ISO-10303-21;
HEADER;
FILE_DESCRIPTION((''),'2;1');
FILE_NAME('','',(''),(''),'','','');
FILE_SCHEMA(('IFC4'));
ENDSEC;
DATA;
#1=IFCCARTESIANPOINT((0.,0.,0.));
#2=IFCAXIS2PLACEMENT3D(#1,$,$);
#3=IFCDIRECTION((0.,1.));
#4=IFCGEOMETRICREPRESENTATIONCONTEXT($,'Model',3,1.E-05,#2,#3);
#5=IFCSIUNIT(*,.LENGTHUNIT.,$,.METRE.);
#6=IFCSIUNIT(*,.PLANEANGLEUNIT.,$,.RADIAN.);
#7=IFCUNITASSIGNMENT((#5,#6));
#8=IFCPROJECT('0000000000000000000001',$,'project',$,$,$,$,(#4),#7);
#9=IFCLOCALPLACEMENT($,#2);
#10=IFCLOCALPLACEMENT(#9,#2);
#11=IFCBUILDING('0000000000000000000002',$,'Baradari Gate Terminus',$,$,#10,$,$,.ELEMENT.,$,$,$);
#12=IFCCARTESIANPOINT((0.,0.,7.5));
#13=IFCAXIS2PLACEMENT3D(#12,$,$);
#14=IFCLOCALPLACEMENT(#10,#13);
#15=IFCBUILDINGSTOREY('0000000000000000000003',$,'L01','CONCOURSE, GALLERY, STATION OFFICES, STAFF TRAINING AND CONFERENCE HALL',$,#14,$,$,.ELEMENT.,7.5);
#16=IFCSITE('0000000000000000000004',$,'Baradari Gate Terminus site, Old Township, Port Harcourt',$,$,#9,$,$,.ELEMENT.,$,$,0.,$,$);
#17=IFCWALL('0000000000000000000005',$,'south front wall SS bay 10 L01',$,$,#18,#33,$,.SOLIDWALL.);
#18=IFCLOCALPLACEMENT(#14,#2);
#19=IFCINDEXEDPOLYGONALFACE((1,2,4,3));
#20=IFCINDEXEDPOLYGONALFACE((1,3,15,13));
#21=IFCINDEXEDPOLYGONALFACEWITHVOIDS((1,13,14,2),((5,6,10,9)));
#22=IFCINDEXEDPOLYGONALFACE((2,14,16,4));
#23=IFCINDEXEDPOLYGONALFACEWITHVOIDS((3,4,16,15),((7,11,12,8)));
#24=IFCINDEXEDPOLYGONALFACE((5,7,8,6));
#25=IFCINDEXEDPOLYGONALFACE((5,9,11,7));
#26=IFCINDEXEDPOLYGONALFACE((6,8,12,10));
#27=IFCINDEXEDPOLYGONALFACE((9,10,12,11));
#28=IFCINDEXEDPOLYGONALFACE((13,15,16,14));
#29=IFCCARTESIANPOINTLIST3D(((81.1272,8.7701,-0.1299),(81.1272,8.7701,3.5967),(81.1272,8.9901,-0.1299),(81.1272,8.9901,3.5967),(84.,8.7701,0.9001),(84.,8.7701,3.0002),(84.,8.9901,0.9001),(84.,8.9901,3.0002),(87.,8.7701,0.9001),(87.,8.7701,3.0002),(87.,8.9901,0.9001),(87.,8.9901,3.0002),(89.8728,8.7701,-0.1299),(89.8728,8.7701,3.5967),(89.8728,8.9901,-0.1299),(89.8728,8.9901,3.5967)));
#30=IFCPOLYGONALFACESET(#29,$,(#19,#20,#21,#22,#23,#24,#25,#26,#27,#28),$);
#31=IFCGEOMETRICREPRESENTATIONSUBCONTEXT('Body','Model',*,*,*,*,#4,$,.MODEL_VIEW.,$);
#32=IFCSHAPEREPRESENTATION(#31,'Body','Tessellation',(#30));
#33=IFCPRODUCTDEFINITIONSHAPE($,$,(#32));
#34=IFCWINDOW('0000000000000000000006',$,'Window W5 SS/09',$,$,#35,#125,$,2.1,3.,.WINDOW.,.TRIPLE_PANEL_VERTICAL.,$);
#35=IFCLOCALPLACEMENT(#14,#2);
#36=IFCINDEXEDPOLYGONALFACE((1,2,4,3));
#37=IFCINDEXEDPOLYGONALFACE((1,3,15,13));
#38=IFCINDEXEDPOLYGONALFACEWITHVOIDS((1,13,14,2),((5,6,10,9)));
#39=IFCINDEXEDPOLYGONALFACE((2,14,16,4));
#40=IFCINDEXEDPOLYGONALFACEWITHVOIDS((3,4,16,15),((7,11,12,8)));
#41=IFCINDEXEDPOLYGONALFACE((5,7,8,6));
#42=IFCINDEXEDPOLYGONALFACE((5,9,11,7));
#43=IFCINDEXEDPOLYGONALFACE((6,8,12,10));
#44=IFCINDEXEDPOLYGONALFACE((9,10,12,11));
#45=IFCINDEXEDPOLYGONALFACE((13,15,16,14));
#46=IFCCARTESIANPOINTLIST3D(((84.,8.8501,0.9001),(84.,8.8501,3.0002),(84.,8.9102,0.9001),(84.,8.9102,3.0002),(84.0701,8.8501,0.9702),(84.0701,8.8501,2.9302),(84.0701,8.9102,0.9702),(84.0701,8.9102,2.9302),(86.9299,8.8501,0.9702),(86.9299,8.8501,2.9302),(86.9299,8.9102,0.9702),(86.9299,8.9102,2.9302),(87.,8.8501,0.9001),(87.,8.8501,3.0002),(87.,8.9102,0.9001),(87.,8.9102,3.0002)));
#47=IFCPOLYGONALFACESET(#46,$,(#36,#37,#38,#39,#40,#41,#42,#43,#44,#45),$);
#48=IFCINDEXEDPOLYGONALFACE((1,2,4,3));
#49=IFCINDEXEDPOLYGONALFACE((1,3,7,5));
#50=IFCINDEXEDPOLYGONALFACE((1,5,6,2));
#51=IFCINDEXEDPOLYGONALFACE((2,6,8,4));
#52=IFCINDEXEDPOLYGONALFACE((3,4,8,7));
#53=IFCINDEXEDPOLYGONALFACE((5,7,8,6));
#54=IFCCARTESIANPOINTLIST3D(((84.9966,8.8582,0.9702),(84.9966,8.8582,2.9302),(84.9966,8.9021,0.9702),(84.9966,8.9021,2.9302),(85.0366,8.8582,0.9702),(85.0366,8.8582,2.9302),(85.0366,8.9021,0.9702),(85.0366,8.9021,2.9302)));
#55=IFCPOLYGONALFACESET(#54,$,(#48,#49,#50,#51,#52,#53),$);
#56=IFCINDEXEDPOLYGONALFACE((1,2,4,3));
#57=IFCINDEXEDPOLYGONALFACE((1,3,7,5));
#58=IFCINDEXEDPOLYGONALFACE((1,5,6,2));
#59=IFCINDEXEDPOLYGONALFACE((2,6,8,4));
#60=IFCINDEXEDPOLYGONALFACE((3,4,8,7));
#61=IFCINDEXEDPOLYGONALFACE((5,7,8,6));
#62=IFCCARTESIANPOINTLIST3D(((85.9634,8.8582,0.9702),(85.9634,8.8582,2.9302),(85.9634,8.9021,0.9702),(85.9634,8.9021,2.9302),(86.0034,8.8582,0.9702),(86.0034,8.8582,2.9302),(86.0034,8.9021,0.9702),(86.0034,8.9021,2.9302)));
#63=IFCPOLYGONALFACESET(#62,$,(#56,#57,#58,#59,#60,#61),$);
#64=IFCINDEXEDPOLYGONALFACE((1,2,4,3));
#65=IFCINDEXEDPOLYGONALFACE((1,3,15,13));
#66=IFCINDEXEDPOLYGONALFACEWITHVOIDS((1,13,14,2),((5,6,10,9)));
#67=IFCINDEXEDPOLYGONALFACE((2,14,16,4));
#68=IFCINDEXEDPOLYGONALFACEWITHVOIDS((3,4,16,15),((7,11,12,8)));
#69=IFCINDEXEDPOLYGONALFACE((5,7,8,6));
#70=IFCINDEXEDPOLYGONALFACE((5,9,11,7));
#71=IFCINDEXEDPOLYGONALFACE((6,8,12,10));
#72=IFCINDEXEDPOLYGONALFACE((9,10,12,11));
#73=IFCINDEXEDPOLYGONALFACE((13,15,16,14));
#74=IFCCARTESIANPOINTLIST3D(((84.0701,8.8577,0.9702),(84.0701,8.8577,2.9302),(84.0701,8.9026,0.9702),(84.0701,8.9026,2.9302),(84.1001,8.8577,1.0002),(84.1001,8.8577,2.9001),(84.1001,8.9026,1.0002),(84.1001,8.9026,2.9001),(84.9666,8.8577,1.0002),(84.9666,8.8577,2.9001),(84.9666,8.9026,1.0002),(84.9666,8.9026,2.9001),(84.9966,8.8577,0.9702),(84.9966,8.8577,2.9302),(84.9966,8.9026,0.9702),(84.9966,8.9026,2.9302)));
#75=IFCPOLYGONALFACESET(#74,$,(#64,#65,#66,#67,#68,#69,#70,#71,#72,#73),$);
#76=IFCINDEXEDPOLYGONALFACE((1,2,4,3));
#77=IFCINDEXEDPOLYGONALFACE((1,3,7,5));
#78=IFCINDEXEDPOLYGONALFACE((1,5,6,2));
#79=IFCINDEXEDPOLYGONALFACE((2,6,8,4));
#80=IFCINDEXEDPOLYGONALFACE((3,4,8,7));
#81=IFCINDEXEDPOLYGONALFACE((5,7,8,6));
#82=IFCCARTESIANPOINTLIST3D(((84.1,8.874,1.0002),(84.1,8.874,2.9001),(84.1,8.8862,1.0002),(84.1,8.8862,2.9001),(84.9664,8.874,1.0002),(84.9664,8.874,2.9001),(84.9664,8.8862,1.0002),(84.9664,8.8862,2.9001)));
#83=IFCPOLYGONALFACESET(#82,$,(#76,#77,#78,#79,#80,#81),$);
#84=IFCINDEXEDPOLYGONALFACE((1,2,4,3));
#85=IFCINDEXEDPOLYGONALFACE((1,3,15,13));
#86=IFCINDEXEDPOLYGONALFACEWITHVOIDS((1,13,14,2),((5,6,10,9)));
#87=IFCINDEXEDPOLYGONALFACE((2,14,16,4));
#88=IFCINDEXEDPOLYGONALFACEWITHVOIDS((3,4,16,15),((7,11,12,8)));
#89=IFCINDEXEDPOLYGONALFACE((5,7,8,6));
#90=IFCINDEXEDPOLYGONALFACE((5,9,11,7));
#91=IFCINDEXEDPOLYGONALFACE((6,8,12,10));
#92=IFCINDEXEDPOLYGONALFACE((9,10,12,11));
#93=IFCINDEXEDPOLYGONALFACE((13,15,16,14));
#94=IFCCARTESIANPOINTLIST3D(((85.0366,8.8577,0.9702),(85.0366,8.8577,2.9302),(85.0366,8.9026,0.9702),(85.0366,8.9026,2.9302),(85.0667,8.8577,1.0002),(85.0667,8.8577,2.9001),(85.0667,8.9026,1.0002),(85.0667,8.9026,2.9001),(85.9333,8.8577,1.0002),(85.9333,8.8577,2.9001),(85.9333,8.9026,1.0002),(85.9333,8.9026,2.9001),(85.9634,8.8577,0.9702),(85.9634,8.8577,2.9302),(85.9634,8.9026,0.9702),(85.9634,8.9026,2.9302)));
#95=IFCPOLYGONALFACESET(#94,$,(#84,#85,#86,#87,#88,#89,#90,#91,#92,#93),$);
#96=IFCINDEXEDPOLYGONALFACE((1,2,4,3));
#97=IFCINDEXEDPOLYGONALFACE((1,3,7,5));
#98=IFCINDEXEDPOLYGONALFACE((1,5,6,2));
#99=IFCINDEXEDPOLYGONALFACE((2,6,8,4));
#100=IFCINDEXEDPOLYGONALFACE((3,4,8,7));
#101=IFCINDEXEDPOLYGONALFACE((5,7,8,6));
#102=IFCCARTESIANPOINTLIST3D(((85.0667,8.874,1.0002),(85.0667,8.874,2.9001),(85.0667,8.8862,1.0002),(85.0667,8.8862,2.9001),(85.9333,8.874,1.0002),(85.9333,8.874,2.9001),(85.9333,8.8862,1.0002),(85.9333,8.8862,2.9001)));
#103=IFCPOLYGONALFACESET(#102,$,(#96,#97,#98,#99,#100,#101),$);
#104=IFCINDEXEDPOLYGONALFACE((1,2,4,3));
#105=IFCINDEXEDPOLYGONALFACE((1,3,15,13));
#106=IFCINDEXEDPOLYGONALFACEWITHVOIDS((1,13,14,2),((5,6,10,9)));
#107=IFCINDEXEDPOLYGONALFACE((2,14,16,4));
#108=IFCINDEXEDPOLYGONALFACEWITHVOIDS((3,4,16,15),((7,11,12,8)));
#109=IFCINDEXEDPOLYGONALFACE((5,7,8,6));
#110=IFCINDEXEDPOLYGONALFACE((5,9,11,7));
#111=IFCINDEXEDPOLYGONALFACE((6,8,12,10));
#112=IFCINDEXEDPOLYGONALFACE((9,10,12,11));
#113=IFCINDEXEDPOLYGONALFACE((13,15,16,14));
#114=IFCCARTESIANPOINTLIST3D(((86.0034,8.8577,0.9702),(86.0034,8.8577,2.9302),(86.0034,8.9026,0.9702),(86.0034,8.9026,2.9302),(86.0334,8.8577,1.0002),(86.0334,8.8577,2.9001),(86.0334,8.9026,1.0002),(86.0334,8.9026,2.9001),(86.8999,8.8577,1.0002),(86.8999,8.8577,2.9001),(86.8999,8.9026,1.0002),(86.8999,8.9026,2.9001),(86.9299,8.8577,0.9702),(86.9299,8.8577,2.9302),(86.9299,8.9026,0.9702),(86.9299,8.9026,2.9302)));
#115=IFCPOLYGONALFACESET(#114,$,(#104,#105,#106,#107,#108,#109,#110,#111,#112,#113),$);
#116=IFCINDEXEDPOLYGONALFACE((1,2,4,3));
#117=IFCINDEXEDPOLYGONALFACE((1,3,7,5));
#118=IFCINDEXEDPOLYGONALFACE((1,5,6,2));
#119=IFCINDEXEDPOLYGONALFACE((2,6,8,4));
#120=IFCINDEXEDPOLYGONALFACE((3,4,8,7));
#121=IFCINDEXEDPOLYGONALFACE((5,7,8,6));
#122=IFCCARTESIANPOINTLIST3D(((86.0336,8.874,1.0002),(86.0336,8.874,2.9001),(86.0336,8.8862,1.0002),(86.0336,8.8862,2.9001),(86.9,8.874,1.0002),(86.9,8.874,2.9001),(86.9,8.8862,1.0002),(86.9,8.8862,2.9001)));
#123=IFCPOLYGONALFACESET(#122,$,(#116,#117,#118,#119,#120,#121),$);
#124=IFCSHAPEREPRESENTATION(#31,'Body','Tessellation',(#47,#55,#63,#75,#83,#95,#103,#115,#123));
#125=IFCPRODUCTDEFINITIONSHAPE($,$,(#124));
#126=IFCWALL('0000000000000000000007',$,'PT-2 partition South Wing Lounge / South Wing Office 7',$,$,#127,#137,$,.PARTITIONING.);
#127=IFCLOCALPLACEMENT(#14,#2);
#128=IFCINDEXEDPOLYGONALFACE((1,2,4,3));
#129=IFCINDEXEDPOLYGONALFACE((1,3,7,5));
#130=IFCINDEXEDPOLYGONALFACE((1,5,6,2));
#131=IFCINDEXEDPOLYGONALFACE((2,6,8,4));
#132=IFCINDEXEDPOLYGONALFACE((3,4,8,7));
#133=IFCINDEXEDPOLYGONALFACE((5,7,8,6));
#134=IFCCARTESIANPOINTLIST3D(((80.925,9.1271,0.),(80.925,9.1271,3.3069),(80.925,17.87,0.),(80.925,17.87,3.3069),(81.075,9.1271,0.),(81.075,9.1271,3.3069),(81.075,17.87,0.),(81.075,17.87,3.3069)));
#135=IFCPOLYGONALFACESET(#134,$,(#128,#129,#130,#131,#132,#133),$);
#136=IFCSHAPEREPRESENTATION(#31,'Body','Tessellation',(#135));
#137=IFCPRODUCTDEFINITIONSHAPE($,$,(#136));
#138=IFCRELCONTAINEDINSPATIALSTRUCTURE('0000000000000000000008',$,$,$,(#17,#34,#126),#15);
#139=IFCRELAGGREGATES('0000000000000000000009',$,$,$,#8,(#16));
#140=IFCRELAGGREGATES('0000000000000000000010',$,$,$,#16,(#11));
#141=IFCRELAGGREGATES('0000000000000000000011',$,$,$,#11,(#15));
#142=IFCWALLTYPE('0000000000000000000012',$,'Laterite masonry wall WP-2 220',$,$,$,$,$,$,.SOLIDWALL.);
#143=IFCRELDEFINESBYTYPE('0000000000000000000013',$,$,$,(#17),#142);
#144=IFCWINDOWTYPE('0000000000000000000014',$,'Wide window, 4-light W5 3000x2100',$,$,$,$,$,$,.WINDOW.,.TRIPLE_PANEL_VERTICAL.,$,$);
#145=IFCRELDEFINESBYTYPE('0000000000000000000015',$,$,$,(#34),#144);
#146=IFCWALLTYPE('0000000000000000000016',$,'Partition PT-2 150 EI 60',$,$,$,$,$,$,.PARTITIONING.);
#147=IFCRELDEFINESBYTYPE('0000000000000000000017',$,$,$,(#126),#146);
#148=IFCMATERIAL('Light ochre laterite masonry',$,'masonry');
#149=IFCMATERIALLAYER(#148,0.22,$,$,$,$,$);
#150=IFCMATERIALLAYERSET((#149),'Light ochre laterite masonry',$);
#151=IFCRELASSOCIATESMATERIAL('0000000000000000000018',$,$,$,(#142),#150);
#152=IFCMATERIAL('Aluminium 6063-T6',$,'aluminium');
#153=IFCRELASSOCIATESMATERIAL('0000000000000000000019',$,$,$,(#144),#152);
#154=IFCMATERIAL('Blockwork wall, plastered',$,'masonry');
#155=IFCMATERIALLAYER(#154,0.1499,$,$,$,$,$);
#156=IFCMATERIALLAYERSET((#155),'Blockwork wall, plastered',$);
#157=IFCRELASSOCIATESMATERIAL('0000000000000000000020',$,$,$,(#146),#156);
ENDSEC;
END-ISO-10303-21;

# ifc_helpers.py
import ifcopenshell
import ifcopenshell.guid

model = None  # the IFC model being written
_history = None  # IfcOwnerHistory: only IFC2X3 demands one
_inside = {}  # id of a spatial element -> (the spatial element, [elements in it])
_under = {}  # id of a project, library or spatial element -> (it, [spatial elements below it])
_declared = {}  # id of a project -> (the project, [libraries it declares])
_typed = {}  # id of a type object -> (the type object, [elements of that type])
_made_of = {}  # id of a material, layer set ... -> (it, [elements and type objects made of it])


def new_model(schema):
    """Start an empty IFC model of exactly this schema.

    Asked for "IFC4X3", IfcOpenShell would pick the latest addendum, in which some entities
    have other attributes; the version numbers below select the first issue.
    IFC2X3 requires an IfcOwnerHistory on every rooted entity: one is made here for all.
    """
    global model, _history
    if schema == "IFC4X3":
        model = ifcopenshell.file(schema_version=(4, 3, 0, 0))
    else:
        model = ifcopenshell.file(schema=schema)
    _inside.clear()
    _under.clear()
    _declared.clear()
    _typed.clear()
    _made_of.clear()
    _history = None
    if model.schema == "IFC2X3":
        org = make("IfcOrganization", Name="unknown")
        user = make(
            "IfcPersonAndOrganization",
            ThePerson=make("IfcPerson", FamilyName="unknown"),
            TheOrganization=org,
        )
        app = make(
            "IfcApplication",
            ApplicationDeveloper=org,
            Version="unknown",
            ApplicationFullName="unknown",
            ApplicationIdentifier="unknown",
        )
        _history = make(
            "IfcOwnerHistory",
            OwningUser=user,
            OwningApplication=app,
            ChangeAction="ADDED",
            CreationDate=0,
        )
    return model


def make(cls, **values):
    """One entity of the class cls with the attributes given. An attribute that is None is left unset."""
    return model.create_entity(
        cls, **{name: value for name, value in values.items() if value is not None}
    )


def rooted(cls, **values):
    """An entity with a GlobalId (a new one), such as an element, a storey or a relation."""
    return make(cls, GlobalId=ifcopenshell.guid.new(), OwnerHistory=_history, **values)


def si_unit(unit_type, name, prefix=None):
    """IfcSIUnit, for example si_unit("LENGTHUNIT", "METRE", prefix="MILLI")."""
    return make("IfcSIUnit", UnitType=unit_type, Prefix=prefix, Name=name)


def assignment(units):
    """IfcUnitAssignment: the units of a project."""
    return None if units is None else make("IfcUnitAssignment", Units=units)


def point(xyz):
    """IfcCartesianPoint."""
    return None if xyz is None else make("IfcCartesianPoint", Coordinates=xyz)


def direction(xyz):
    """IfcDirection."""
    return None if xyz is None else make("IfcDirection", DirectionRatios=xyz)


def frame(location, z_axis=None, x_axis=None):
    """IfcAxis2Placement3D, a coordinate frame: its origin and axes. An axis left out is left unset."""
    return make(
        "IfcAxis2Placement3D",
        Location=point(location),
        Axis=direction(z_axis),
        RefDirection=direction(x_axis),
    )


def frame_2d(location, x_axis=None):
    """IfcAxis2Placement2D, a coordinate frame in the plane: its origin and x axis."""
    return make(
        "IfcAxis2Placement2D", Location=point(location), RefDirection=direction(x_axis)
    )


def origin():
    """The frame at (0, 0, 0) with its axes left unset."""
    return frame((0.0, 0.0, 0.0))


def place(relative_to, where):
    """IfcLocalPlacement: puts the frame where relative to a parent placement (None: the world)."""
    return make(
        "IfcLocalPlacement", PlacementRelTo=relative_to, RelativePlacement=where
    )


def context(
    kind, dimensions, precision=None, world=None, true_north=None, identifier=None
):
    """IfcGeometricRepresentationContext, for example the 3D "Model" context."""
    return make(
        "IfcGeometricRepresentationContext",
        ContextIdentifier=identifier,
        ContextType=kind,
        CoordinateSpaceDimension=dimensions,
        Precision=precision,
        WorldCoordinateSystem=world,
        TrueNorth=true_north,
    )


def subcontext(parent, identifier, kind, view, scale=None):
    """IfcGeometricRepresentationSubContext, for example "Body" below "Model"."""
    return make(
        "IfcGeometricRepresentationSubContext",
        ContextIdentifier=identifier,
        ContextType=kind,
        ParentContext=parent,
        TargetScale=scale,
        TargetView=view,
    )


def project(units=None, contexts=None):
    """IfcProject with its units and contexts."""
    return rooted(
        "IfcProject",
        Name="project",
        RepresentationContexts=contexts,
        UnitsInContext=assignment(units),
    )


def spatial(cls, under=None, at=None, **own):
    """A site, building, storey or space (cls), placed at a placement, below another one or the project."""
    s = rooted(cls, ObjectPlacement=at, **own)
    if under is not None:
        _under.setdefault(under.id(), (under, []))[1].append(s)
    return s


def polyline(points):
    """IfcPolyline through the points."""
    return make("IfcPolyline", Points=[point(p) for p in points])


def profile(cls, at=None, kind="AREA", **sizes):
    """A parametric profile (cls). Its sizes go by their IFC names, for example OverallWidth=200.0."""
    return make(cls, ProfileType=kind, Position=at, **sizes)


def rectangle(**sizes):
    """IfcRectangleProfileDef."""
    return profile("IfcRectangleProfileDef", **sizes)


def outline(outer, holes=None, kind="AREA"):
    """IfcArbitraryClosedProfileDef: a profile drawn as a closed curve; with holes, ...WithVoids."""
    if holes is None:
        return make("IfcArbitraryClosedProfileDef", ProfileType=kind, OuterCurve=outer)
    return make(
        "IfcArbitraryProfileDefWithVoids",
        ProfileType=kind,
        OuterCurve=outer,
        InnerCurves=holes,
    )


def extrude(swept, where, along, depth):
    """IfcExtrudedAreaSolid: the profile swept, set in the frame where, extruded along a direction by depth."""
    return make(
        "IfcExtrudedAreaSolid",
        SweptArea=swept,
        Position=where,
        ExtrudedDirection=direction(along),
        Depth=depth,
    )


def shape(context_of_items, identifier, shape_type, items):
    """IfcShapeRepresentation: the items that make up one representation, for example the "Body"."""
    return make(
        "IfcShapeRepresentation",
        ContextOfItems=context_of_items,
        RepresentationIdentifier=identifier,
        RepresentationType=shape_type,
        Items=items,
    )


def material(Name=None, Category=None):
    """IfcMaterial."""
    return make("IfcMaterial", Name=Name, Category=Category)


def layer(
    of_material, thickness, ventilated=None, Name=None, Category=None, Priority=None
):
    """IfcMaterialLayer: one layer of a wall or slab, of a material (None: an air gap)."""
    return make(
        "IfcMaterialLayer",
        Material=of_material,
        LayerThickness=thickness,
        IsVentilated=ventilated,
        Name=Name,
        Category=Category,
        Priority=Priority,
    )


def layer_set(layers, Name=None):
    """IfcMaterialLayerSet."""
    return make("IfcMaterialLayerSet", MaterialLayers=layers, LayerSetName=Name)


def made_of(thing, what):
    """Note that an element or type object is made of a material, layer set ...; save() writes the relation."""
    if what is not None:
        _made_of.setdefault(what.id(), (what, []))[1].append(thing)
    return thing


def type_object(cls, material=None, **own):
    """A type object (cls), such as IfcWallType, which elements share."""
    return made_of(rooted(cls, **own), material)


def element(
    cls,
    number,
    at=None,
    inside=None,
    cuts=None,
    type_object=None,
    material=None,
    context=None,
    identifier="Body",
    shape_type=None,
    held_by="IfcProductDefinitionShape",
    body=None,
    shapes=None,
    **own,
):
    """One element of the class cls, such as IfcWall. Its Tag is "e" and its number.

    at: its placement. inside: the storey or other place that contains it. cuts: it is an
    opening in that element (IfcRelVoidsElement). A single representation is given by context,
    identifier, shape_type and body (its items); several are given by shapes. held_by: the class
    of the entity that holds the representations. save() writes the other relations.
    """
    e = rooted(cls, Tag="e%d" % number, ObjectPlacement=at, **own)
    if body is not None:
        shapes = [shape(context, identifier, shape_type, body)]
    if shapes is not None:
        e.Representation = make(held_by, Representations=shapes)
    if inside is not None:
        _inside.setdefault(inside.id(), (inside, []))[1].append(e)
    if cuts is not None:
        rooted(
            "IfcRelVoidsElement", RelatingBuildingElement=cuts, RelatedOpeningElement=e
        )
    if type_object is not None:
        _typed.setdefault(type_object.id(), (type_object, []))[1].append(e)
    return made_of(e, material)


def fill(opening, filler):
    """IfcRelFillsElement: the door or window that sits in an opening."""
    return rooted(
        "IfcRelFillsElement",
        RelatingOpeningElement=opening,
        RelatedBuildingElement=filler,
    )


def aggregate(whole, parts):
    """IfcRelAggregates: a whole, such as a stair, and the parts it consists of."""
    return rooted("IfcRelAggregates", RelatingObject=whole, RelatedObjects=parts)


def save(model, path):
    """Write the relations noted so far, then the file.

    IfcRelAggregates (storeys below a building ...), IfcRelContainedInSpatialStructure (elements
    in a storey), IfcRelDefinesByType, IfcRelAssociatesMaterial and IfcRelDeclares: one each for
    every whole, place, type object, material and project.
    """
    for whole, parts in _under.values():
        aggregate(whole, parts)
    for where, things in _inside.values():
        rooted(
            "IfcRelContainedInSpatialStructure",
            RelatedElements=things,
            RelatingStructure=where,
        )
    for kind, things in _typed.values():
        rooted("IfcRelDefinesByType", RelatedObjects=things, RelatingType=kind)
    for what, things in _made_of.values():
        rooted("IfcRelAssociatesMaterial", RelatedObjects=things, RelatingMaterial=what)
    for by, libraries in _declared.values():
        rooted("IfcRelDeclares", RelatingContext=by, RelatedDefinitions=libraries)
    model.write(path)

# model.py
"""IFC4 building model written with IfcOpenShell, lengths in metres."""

from ifc_helpers import new_model, si_unit, direction, frame, frame_2d, origin, place, context, subcontext, project, spatial, polyline, rectangle, outline, extrude, material, layer, layer_set, type_object, element, fill, save


model = new_model("IFC4")

# Units and contexts
model_context = context("Model", 3, precision=1e-05, world=origin(), true_north=direction((0.0, 1.0)))
body_context = subcontext(model_context, "Body", "Model", "MODEL_VIEW")
ifc_project = project(units=[si_unit("LENGTHUNIT", "METRE"), si_unit("PLANEANGLEUNIT", "RADIAN")], contexts=[model_context])

# Site, building, storey
site_placement = place(None, origin())
site = spatial("IfcSite", under=ifc_project, at=site_placement, Name="Baradari Gate Terminus site, Old Township, Port Harcourt", CompositionType="ELEMENT", RefElevation=0.0)
building_placement = place(site_placement, origin())
building = spatial("IfcBuilding", under=site, at=building_placement, Name="Baradari Gate Terminus", CompositionType="ELEMENT")
storey_placement = place(building_placement, frame((0.0, 0.0, 7.5)))
storey = spatial("IfcBuildingStorey", under=building, at=storey_placement, Name="L01", Description="CONCOURSE, GALLERY, STATION OFFICES, STAFF TRAINING AND CONFERENCE HALL", CompositionType="ELEMENT", Elevation=7.5)

# Wall, opening, window
ifc_material_1 = material(Name="Light ochre laterite masonry", Category="masonry")
ifc_layer_1 = layer(ifc_material_1, 0.22)
ifc_layer_set_1 = layer_set([ifc_layer_1], Name="Light ochre laterite masonry")
wall_type_1 = type_object("IfcWallType", Name="Laterite masonry wall WP-2 220", PredefinedType="SOLIDWALL", material=ifc_layer_set_1)
wall_1_placement = place(storey_placement, frame((81.1272, 8.8801, -0.1299), z_axis=(0.0, 0.0, 1.0), x_axis=(1.0, 0.0, 0.0)))
wall_1 = element("IfcWall", 1, at=wall_1_placement, inside=storey, type_object=wall_type_1, Name="south front wall SS bay 10 L01", PredefinedType="SOLIDWALL", context=body_context, shape_type="SweptSolid", body=[
    extrude(rectangle(XDim=8.7456, YDim=0.22, at=frame_2d((4.3728, 0.0))), origin(), (0.0, 0.0, 1.0), 3.7266),
])
opening_1_placement = place(wall_1_placement, frame((2.8728, 0.0, 1.03)))
opening_1 = element("IfcOpeningElement", 2, at=opening_1_placement, cuts=wall_1, PredefinedType="OPENING", context=body_context, shape_type="SweptSolid", body=[
    extrude(rectangle(XDim=3.0, YDim=2.1001, at=frame_2d((1.5, 1.05))), frame((0.0, 0.1199, 0.0), z_axis=(0.0, -1.0, 0.0), x_axis=(1.0, 0.0, 0.0)), (0.0, 0.0, 1.0), 0.24),
])
ifc_material_2 = material(Name="Aluminium 6063-T6", Category="aluminium")
window_type = type_object("IfcWindowType", Name="Wide window, 4-light W5 3000x2100", PartitioningType="TRIPLE_PANEL_VERTICAL", PredefinedType="WINDOW", material=ifc_material_2)
window_placement = place(opening_1_placement, origin())
window = element("IfcWindow", 3, at=window_placement, inside=storey, type_object=window_type, Name="Window W5 SS/09", OverallHeight=2.1, OverallWidth=3.0, PartitioningType="TRIPLE_PANEL_VERTICAL", PredefinedType="WINDOW", context=body_context, shape_type="SweptSolid", body=[
    extrude(outline(polyline([(0.0, 0.0), (3.0, 0.0), (3.0, 2.1001), (0.0, 2.1001), (0.0, 0.0)]), holes=[polyline([(0.0701, 0.0701), (2.9299, 0.0701), (2.9299, 2.03), (0.0701, 2.03), (0.0701, 0.0701)])]), frame((0.0, 0.03, 0.0), z_axis=(0.0, -1.0, 0.0), x_axis=(1.0, 0.0, 0.0)), (0.0, 0.0, 1.0), 0.0601),
    extrude(rectangle(XDim=0.04, YDim=1.96, at=frame_2d((1.0166, 1.05))), frame((0.0, 0.022, 0.0), z_axis=(0.0, -1.0, 0.0), x_axis=(1.0, 0.0, 0.0)), (0.0, 0.0, 1.0), 0.0439),
    extrude(rectangle(XDim=0.04, YDim=1.96, at=frame_2d((1.9834, 1.05))), frame((0.0, 0.022, 0.0), z_axis=(0.0, -1.0, 0.0), x_axis=(1.0, 0.0, 0.0)), (0.0, 0.0, 1.0), 0.0439),
    extrude(outline(polyline([(0.0701, 0.0701), (0.9966, 0.0701), (0.9966, 2.03), (0.0701, 2.03), (0.0701, 0.0701)]), holes=[polyline([(0.1001, 0.1001), (0.9666, 0.1001), (0.9666, 2.0), (0.1001, 2.0), (0.1001, 0.1001)])]), frame((0.0, 0.0225, 0.0), z_axis=(0.0, -1.0, 0.0), x_axis=(1.0, 0.0, 0.0)), (0.0, 0.0, 1.0), 0.0449),
    extrude(rectangle(XDim=0.8665, YDim=1.8999, at=frame_2d((0.5332, 1.05))), frame((0.0, 0.0061, 0.0), z_axis=(0.0, -1.0, 0.0), x_axis=(1.0, 0.0, 0.0)), (0.0, 0.0, 1.0), 0.0122),
    extrude(outline(polyline([(1.0366, 0.0701), (1.9634, 0.0701), (1.9634, 2.03), (1.0366, 2.03), (1.0366, 0.0701)]), holes=[polyline([(1.0667, 0.1001), (1.9333, 0.1001), (1.9333, 2.0), (1.0667, 2.0), (1.0667, 0.1001)])]), frame((0.0, 0.0225, 0.0), z_axis=(0.0, -1.0, 0.0), x_axis=(1.0, 0.0, 0.0)), (0.0, 0.0, 1.0), 0.0449),
    extrude(rectangle(XDim=0.8667, YDim=1.8999, at=frame_2d((1.5, 1.05))), frame((0.0, 0.0061, 0.0), z_axis=(0.0, -1.0, 0.0), x_axis=(1.0, 0.0, 0.0)), (0.0, 0.0, 1.0), 0.0122),
    extrude(outline(polyline([(2.0034, 0.0701), (2.9299, 0.0701), (2.9299, 2.03), (2.0034, 2.03), (2.0034, 0.0701)]), holes=[polyline([(2.0334, 0.1001), (2.8999, 0.1001), (2.8999, 2.0), (2.0334, 2.0), (2.0334, 0.1001)])]), frame((0.0, 0.0225, 0.0), z_axis=(0.0, -1.0, 0.0), x_axis=(1.0, 0.0, 0.0)), (0.0, 0.0, 1.0), 0.0449),
    extrude(rectangle(XDim=0.8665, YDim=1.8999, at=frame_2d((2.4668, 1.05))), frame((0.0, 0.0061, 0.0), z_axis=(0.0, -1.0, 0.0), x_axis=(1.0, 0.0, 0.0)), (0.0, 0.0, 1.0), 0.0122),
])
fill(opening_1, window)

# Wall
ifc_material_3 = material(Name="Blockwork wall, plastered", Category="masonry")
ifc_layer_2 = layer(ifc_material_3, 0.1499)
ifc_layer_set_2 = layer_set([ifc_layer_2], Name="Blockwork wall, plastered")
wall_type_2 = type_object("IfcWallType", Name="Partition PT-2 150 EI 60", PredefinedType="PARTITIONING", material=ifc_layer_set_2)
wall_2_placement = place(storey_placement, frame((81.0, 9.127, 0.0), z_axis=(0.0, 0.0, 1.0), x_axis=(0.0, 1.0, 0.0)))
element("IfcWall", 4, at=wall_2_placement, inside=storey, type_object=wall_type_2, Name="PT-2 partition South Wing Lounge / South Wing Office 7", PredefinedType="PARTITIONING", context=body_context, shape_type="SweptSolid", body=[
    extrude(rectangle(XDim=8.7429, YDim=0.1499, at=frame_2d((4.3716, 0.0))), origin(), (0.0, 0.0, 1.0), 3.3069),
])

save(model, "model.ifc")
